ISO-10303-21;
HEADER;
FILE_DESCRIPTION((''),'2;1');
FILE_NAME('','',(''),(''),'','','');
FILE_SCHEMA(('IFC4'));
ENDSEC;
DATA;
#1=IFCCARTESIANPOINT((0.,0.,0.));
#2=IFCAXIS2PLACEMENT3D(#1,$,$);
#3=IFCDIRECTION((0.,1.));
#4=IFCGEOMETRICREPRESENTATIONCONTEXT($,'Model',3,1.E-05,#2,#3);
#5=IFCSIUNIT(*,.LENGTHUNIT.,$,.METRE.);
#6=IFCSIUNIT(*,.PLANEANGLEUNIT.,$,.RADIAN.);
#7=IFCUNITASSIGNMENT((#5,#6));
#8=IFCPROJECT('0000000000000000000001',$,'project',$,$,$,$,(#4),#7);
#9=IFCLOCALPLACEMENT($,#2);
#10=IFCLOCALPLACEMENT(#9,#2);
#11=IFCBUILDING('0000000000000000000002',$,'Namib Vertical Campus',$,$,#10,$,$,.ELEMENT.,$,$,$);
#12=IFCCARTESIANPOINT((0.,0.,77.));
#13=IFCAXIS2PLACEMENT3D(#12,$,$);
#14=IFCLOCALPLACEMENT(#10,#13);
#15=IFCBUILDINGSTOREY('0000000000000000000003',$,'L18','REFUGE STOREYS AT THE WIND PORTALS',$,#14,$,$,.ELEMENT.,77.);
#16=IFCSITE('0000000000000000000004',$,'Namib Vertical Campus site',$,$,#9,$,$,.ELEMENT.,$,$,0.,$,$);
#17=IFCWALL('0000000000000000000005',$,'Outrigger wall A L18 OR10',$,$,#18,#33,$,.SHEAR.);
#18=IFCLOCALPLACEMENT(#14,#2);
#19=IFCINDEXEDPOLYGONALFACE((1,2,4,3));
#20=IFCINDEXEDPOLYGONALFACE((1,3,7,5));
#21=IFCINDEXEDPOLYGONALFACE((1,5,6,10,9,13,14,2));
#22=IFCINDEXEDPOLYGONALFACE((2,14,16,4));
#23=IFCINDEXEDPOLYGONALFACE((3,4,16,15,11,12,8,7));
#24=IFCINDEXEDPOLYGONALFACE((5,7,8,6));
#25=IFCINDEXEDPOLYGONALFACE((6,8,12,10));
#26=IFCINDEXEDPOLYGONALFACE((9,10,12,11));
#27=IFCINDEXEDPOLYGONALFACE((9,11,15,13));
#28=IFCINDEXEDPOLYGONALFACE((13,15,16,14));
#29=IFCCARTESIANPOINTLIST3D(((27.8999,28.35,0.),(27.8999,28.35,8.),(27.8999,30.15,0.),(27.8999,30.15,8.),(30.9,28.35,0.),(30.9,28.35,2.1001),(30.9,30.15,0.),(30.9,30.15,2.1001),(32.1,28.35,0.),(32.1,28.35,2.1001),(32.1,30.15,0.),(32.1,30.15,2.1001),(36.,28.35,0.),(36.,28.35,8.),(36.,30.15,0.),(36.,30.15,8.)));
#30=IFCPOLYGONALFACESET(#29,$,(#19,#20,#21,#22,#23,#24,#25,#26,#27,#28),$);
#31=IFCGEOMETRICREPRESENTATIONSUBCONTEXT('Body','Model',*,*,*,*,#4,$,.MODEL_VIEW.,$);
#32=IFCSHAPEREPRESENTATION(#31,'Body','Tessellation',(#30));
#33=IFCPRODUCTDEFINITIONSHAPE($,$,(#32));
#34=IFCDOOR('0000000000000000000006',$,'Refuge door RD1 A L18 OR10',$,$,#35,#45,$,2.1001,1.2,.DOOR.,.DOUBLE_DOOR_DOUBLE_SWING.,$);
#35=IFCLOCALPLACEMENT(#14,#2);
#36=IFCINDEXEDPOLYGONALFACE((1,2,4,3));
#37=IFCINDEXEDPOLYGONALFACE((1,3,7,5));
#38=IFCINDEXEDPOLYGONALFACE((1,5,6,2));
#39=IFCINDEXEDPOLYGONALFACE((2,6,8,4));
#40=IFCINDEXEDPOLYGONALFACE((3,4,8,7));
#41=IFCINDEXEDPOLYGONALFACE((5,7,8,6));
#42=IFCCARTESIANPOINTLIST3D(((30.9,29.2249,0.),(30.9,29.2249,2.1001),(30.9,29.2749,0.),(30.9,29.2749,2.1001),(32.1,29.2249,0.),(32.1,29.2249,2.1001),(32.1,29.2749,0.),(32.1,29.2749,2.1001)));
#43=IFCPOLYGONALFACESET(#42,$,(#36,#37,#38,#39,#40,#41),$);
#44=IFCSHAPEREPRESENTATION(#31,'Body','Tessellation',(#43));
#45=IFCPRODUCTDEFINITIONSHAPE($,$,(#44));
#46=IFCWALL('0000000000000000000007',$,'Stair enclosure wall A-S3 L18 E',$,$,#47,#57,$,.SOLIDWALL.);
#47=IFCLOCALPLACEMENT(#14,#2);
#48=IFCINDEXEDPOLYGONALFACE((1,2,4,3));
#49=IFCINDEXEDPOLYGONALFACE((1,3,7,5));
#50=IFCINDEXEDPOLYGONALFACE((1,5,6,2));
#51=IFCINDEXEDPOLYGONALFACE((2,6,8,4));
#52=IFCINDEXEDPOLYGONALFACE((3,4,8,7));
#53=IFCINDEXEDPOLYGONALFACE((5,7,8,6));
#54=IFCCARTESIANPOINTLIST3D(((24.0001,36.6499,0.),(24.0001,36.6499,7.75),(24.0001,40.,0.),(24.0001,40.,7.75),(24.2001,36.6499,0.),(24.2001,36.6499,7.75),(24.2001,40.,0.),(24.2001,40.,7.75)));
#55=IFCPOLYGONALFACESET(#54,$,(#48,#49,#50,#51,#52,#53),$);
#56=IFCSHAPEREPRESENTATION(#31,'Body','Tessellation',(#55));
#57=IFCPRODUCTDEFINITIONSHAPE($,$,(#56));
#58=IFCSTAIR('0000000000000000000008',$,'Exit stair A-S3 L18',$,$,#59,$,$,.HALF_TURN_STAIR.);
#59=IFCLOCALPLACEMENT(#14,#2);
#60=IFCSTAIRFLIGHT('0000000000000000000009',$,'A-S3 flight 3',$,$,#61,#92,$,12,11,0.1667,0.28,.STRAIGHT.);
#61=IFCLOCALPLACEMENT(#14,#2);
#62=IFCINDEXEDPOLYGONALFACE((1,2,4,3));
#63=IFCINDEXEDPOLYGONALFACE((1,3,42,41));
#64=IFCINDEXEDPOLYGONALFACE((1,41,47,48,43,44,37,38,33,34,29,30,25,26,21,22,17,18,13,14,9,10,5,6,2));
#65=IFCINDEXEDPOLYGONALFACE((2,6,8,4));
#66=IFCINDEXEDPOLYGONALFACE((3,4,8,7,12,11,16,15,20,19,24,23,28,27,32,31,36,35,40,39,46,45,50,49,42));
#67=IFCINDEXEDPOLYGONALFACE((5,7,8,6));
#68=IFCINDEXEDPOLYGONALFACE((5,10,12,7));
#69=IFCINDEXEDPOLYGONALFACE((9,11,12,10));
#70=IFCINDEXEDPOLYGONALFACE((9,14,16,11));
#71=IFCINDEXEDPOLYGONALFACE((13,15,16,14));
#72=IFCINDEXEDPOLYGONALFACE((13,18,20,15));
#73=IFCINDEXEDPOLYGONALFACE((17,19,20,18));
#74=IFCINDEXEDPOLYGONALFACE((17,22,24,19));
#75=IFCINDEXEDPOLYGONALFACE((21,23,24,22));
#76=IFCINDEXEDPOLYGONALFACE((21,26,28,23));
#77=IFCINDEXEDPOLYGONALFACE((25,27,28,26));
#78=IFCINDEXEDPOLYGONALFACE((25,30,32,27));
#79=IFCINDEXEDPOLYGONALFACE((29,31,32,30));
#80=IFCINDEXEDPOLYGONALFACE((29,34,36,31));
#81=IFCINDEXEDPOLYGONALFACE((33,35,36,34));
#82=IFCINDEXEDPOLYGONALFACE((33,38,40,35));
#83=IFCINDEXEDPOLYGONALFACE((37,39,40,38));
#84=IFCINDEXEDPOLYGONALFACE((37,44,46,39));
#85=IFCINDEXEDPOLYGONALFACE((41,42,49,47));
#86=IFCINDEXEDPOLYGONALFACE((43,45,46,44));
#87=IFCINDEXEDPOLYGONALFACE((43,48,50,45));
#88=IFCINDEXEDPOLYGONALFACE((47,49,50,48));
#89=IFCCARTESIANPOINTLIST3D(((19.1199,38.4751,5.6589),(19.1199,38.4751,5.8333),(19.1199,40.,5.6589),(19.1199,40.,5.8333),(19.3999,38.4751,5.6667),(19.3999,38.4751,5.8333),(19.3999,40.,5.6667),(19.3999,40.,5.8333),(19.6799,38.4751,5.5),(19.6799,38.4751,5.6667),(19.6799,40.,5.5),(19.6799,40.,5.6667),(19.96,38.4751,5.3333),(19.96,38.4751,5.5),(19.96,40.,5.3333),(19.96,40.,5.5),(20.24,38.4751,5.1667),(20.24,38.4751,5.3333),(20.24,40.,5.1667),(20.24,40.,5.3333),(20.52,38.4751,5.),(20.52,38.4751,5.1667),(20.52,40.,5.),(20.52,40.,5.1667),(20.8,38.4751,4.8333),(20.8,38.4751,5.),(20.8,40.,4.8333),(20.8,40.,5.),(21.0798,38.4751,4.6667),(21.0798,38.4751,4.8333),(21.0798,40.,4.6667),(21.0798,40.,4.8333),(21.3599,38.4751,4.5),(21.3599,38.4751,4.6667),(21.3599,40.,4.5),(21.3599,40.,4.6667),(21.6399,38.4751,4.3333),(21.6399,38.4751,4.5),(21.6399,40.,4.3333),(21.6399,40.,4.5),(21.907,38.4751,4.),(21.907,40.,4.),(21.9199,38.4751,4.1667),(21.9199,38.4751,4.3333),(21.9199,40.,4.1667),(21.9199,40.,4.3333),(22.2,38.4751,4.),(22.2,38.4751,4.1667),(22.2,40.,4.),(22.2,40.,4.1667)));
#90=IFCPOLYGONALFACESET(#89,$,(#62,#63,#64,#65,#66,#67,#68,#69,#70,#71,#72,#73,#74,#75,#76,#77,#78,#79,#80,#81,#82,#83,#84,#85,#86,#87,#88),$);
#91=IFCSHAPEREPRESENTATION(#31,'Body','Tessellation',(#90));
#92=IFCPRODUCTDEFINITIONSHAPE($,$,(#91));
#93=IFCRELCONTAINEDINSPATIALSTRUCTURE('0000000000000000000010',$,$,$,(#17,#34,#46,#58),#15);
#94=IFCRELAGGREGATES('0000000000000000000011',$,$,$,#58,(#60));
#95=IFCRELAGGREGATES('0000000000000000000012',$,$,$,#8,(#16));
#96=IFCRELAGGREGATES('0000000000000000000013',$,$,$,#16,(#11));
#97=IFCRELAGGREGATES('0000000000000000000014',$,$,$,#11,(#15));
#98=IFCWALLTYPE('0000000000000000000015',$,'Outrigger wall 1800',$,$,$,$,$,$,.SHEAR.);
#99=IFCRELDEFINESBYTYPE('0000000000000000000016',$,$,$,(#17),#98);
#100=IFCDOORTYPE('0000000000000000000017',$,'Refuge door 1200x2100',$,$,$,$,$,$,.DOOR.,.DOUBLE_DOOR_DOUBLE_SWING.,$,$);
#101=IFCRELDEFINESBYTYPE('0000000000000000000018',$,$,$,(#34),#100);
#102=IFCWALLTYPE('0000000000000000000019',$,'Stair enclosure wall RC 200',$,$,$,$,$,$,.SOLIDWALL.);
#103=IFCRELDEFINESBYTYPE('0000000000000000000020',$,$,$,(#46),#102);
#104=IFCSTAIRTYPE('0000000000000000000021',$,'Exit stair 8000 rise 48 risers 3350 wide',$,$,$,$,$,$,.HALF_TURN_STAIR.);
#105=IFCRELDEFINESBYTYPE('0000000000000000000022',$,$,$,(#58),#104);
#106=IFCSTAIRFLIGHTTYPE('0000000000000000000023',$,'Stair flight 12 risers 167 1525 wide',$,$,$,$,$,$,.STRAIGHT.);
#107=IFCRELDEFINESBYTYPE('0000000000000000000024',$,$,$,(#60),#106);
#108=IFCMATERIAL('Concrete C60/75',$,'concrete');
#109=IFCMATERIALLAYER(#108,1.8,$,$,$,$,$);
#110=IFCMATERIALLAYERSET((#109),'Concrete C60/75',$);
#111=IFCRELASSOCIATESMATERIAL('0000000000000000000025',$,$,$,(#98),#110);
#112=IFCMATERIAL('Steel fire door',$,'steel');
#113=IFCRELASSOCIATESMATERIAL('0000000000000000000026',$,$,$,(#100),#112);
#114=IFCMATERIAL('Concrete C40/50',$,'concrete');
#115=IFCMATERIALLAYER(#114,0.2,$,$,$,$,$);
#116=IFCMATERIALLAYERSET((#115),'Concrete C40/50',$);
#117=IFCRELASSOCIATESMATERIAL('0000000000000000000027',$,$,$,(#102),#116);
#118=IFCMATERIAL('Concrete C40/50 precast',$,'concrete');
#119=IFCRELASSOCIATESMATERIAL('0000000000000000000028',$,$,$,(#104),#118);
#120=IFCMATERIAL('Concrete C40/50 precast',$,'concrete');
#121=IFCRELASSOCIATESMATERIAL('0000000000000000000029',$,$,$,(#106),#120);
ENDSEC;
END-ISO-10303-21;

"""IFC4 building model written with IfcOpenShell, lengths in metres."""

from ifc_helpers import new_model, si_unit, direction, frame, frame_2d, origin, place, context, subcontext, project, spatial, polyline, rectangle, outline, extrude, material, layer, layer_set, type_object, element, fill, aggregate, save


model = new_model("IFC4")

# Units and contexts
model_context = context("Model", 3, precision=1e-05, world=origin(), true_north=direction((0.0, 1.0)))
body_context = subcontext(model_context, "Body", "Model", "MODEL_VIEW")
ifc_project = project(units=[si_unit("LENGTHUNIT", "METRE"), si_unit("PLANEANGLEUNIT", "RADIAN")], contexts=[model_context])

# Site, building, storey
site_placement = place(None, origin())
site = spatial("IfcSite", under=ifc_project, at=site_placement, Name="Namib Vertical Campus site", CompositionType="ELEMENT", RefElevation=0.0)
building_placement = place(site_placement, origin())
building = spatial("IfcBuilding", under=site, at=building_placement, Name="Namib Vertical Campus", CompositionType="ELEMENT")
storey_placement = place(building_placement, frame((0.0, 0.0, 77.0)))
storey = spatial("IfcBuildingStorey", under=building, at=storey_placement, Name="L18", Description="REFUGE STOREYS AT THE WIND PORTALS", CompositionType="ELEMENT", Elevation=77.0)

# Wall, opening, door
ifc_material_1 = material(Name="Concrete C60/75", Category="concrete")
ifc_layer_1 = layer(ifc_material_1, 1.8)
ifc_layer_set_1 = layer_set([ifc_layer_1], Name="Concrete C60/75")
wall_type_1 = type_object("IfcWallType", Name="Outrigger wall 1800", PredefinedType="SHEAR", material=ifc_layer_set_1)
wall_1_placement = place(storey_placement, frame((27.8999, 29.25, 0.0), z_axis=(0.0, 0.0, 1.0), x_axis=(1.0, 0.0, 0.0)))
wall_1 = element("IfcWall", 1, at=wall_1_placement, inside=storey, type_object=wall_type_1, Name="Outrigger wall A L18 OR10", PredefinedType="SHEAR", context=body_context, shape_type="SweptSolid", body=[
    extrude(rectangle(XDim=8.1001, YDim=1.8, at=frame_2d((4.05, 0.0))), origin(), (0.0, 0.0, 1.0), 8.0),
])
opening_1_placement = place(wall_1_placement, frame((3.0, 0.0, 0.0)))
opening_1 = element("IfcOpeningElement", 2, at=opening_1_placement, cuts=wall_1, PredefinedType="OPENING", context=body_context, shape_type="SweptSolid", body=[
    extrude(rectangle(XDim=1.2, YDim=2.1001, at=frame_2d((0.6001, 1.05))), frame((0.0, 0.9099, 0.0), z_axis=(0.0, -1.0, 0.0), x_axis=(1.0, 0.0, 0.0)), (0.0, 0.0, 1.0), 1.8201),
])
ifc_material_2 = material(Name="Steel fire door", Category="steel")
door_type_1 = type_object("IfcDoorType", Name="Refuge door 1200x2100", OperationType="DOUBLE_DOOR_DOUBLE_SWING", PredefinedType="DOOR", material=ifc_material_2)
door_1_placement = place(opening_1_placement, origin())
door_1 = element("IfcDoor", 3, at=door_1_placement, inside=storey, type_object=door_type_1, Name="Refuge door RD1 A L18 OR10", OperationType="DOUBLE_DOOR_DOUBLE_SWING", OverallHeight=2.1001, OverallWidth=1.2, PredefinedType="DOOR", context=body_context, shape_type="SweptSolid", body=[
    extrude(rectangle(XDim=1.2, YDim=2.1001, at=frame_2d((0.6001, 1.05))), frame((0.0, 0.0249, 0.0), z_axis=(0.0, -1.0, 0.0), x_axis=(1.0, 0.0, 0.0)), (0.0, 0.0, 1.0), 0.05),
])
fill(opening_1, door_1)

# Wall
ifc_material_3 = material(Name="Concrete C40/50", Category="concrete")
ifc_layer_2 = layer(ifc_material_3, 0.2)
ifc_layer_set_2 = layer_set([ifc_layer_2], Name="Concrete C40/50")
wall_type_2 = type_object("IfcWallType", Name="Stair enclosure wall RC 200", PredefinedType="SOLIDWALL", material=ifc_layer_set_2)
wall_2_placement = place(storey_placement, frame((24.1001, 36.6499, 0.0), z_axis=(0.0, 0.0, 1.0), x_axis=(0.0, 1.0, 0.0)))
element("IfcWall", 4, at=wall_2_placement, inside=storey, type_object=wall_type_2, Name="Stair enclosure wall A-S3 L18 E", PredefinedType="SOLIDWALL", context=body_context, shape_type="SweptSolid", body=[
    extrude(rectangle(XDim=3.3501, YDim=0.2, at=frame_2d((1.675, 0.0))), origin(), (0.0, 0.0, 1.0), 7.75),
])

# Stair, stair flight
ifc_material_4 = material(Name="Concrete C40/50 precast", Category="concrete")
stair_type = type_object("IfcStairType", Name="Exit stair 8000 rise 48 risers 3350 wide", PredefinedType="HALF_TURN_STAIR", material=ifc_material_4)
stair_placement = place(storey_placement, origin())
stair = element("IfcStair", 5, at=stair_placement, inside=storey, type_object=stair_type, Name="Exit stair A-S3 L18", PredefinedType="HALF_TURN_STAIR")
ifc_material_5 = material(Name="Concrete C40/50 precast", Category="concrete")
stair_flight_type = type_object("IfcStairFlightType", Name="Stair flight 12 risers 167 1525 wide", PredefinedType="STRAIGHT", material=ifc_material_5)
stair_flight_placement = place(storey_placement, frame((22.2, 39.2375, 4.0), z_axis=(0.0, 0.0, 1.0), x_axis=(-1.0, 0.0, 0.0)))
stair_flight = element("IfcStairFlight", 6, at=stair_flight_placement, type_object=stair_flight_type, Name="A-S3 flight 3", NumberOfRisers=12, NumberOfTreads=11, PredefinedType="STRAIGHT", RiserHeight=0.1667, TreadLength=0.28, context=body_context, shape_type="SweptSolid", body=[
    extrude(outline(polyline([(0.0, 0.0), (0.0, 0.1667), (0.28, 0.1667), (0.28, 0.3333), (0.5601, 0.3333), (0.5601, 0.5), (0.8401, 0.5), (0.8401, 0.6667), (1.1201, 0.6667), (1.1201, 0.8333), (1.3999, 0.8333), (1.3999, 1.0), (1.6799, 1.0), (1.6799, 1.1667), (1.96, 1.1667), (1.96, 1.3333), (2.24, 1.3333), (2.24, 1.5), (2.52, 1.5), (2.52, 1.6667), (2.8, 1.6667), (2.8, 1.8333), (3.0801, 1.8333), (3.0801, 2.0), (3.0801, 1.6589), (0.293, 0.0), (0.0, 0.0)])), frame((0.0, 0.7625, 0.0), z_axis=(0.0, -1.0, 0.0), x_axis=(1.0, 0.0, 0.0)), (0.0, 0.0, 1.0), 1.5249),
])
aggregate(stair, [stair_flight])

save(model, "model.ifc")
